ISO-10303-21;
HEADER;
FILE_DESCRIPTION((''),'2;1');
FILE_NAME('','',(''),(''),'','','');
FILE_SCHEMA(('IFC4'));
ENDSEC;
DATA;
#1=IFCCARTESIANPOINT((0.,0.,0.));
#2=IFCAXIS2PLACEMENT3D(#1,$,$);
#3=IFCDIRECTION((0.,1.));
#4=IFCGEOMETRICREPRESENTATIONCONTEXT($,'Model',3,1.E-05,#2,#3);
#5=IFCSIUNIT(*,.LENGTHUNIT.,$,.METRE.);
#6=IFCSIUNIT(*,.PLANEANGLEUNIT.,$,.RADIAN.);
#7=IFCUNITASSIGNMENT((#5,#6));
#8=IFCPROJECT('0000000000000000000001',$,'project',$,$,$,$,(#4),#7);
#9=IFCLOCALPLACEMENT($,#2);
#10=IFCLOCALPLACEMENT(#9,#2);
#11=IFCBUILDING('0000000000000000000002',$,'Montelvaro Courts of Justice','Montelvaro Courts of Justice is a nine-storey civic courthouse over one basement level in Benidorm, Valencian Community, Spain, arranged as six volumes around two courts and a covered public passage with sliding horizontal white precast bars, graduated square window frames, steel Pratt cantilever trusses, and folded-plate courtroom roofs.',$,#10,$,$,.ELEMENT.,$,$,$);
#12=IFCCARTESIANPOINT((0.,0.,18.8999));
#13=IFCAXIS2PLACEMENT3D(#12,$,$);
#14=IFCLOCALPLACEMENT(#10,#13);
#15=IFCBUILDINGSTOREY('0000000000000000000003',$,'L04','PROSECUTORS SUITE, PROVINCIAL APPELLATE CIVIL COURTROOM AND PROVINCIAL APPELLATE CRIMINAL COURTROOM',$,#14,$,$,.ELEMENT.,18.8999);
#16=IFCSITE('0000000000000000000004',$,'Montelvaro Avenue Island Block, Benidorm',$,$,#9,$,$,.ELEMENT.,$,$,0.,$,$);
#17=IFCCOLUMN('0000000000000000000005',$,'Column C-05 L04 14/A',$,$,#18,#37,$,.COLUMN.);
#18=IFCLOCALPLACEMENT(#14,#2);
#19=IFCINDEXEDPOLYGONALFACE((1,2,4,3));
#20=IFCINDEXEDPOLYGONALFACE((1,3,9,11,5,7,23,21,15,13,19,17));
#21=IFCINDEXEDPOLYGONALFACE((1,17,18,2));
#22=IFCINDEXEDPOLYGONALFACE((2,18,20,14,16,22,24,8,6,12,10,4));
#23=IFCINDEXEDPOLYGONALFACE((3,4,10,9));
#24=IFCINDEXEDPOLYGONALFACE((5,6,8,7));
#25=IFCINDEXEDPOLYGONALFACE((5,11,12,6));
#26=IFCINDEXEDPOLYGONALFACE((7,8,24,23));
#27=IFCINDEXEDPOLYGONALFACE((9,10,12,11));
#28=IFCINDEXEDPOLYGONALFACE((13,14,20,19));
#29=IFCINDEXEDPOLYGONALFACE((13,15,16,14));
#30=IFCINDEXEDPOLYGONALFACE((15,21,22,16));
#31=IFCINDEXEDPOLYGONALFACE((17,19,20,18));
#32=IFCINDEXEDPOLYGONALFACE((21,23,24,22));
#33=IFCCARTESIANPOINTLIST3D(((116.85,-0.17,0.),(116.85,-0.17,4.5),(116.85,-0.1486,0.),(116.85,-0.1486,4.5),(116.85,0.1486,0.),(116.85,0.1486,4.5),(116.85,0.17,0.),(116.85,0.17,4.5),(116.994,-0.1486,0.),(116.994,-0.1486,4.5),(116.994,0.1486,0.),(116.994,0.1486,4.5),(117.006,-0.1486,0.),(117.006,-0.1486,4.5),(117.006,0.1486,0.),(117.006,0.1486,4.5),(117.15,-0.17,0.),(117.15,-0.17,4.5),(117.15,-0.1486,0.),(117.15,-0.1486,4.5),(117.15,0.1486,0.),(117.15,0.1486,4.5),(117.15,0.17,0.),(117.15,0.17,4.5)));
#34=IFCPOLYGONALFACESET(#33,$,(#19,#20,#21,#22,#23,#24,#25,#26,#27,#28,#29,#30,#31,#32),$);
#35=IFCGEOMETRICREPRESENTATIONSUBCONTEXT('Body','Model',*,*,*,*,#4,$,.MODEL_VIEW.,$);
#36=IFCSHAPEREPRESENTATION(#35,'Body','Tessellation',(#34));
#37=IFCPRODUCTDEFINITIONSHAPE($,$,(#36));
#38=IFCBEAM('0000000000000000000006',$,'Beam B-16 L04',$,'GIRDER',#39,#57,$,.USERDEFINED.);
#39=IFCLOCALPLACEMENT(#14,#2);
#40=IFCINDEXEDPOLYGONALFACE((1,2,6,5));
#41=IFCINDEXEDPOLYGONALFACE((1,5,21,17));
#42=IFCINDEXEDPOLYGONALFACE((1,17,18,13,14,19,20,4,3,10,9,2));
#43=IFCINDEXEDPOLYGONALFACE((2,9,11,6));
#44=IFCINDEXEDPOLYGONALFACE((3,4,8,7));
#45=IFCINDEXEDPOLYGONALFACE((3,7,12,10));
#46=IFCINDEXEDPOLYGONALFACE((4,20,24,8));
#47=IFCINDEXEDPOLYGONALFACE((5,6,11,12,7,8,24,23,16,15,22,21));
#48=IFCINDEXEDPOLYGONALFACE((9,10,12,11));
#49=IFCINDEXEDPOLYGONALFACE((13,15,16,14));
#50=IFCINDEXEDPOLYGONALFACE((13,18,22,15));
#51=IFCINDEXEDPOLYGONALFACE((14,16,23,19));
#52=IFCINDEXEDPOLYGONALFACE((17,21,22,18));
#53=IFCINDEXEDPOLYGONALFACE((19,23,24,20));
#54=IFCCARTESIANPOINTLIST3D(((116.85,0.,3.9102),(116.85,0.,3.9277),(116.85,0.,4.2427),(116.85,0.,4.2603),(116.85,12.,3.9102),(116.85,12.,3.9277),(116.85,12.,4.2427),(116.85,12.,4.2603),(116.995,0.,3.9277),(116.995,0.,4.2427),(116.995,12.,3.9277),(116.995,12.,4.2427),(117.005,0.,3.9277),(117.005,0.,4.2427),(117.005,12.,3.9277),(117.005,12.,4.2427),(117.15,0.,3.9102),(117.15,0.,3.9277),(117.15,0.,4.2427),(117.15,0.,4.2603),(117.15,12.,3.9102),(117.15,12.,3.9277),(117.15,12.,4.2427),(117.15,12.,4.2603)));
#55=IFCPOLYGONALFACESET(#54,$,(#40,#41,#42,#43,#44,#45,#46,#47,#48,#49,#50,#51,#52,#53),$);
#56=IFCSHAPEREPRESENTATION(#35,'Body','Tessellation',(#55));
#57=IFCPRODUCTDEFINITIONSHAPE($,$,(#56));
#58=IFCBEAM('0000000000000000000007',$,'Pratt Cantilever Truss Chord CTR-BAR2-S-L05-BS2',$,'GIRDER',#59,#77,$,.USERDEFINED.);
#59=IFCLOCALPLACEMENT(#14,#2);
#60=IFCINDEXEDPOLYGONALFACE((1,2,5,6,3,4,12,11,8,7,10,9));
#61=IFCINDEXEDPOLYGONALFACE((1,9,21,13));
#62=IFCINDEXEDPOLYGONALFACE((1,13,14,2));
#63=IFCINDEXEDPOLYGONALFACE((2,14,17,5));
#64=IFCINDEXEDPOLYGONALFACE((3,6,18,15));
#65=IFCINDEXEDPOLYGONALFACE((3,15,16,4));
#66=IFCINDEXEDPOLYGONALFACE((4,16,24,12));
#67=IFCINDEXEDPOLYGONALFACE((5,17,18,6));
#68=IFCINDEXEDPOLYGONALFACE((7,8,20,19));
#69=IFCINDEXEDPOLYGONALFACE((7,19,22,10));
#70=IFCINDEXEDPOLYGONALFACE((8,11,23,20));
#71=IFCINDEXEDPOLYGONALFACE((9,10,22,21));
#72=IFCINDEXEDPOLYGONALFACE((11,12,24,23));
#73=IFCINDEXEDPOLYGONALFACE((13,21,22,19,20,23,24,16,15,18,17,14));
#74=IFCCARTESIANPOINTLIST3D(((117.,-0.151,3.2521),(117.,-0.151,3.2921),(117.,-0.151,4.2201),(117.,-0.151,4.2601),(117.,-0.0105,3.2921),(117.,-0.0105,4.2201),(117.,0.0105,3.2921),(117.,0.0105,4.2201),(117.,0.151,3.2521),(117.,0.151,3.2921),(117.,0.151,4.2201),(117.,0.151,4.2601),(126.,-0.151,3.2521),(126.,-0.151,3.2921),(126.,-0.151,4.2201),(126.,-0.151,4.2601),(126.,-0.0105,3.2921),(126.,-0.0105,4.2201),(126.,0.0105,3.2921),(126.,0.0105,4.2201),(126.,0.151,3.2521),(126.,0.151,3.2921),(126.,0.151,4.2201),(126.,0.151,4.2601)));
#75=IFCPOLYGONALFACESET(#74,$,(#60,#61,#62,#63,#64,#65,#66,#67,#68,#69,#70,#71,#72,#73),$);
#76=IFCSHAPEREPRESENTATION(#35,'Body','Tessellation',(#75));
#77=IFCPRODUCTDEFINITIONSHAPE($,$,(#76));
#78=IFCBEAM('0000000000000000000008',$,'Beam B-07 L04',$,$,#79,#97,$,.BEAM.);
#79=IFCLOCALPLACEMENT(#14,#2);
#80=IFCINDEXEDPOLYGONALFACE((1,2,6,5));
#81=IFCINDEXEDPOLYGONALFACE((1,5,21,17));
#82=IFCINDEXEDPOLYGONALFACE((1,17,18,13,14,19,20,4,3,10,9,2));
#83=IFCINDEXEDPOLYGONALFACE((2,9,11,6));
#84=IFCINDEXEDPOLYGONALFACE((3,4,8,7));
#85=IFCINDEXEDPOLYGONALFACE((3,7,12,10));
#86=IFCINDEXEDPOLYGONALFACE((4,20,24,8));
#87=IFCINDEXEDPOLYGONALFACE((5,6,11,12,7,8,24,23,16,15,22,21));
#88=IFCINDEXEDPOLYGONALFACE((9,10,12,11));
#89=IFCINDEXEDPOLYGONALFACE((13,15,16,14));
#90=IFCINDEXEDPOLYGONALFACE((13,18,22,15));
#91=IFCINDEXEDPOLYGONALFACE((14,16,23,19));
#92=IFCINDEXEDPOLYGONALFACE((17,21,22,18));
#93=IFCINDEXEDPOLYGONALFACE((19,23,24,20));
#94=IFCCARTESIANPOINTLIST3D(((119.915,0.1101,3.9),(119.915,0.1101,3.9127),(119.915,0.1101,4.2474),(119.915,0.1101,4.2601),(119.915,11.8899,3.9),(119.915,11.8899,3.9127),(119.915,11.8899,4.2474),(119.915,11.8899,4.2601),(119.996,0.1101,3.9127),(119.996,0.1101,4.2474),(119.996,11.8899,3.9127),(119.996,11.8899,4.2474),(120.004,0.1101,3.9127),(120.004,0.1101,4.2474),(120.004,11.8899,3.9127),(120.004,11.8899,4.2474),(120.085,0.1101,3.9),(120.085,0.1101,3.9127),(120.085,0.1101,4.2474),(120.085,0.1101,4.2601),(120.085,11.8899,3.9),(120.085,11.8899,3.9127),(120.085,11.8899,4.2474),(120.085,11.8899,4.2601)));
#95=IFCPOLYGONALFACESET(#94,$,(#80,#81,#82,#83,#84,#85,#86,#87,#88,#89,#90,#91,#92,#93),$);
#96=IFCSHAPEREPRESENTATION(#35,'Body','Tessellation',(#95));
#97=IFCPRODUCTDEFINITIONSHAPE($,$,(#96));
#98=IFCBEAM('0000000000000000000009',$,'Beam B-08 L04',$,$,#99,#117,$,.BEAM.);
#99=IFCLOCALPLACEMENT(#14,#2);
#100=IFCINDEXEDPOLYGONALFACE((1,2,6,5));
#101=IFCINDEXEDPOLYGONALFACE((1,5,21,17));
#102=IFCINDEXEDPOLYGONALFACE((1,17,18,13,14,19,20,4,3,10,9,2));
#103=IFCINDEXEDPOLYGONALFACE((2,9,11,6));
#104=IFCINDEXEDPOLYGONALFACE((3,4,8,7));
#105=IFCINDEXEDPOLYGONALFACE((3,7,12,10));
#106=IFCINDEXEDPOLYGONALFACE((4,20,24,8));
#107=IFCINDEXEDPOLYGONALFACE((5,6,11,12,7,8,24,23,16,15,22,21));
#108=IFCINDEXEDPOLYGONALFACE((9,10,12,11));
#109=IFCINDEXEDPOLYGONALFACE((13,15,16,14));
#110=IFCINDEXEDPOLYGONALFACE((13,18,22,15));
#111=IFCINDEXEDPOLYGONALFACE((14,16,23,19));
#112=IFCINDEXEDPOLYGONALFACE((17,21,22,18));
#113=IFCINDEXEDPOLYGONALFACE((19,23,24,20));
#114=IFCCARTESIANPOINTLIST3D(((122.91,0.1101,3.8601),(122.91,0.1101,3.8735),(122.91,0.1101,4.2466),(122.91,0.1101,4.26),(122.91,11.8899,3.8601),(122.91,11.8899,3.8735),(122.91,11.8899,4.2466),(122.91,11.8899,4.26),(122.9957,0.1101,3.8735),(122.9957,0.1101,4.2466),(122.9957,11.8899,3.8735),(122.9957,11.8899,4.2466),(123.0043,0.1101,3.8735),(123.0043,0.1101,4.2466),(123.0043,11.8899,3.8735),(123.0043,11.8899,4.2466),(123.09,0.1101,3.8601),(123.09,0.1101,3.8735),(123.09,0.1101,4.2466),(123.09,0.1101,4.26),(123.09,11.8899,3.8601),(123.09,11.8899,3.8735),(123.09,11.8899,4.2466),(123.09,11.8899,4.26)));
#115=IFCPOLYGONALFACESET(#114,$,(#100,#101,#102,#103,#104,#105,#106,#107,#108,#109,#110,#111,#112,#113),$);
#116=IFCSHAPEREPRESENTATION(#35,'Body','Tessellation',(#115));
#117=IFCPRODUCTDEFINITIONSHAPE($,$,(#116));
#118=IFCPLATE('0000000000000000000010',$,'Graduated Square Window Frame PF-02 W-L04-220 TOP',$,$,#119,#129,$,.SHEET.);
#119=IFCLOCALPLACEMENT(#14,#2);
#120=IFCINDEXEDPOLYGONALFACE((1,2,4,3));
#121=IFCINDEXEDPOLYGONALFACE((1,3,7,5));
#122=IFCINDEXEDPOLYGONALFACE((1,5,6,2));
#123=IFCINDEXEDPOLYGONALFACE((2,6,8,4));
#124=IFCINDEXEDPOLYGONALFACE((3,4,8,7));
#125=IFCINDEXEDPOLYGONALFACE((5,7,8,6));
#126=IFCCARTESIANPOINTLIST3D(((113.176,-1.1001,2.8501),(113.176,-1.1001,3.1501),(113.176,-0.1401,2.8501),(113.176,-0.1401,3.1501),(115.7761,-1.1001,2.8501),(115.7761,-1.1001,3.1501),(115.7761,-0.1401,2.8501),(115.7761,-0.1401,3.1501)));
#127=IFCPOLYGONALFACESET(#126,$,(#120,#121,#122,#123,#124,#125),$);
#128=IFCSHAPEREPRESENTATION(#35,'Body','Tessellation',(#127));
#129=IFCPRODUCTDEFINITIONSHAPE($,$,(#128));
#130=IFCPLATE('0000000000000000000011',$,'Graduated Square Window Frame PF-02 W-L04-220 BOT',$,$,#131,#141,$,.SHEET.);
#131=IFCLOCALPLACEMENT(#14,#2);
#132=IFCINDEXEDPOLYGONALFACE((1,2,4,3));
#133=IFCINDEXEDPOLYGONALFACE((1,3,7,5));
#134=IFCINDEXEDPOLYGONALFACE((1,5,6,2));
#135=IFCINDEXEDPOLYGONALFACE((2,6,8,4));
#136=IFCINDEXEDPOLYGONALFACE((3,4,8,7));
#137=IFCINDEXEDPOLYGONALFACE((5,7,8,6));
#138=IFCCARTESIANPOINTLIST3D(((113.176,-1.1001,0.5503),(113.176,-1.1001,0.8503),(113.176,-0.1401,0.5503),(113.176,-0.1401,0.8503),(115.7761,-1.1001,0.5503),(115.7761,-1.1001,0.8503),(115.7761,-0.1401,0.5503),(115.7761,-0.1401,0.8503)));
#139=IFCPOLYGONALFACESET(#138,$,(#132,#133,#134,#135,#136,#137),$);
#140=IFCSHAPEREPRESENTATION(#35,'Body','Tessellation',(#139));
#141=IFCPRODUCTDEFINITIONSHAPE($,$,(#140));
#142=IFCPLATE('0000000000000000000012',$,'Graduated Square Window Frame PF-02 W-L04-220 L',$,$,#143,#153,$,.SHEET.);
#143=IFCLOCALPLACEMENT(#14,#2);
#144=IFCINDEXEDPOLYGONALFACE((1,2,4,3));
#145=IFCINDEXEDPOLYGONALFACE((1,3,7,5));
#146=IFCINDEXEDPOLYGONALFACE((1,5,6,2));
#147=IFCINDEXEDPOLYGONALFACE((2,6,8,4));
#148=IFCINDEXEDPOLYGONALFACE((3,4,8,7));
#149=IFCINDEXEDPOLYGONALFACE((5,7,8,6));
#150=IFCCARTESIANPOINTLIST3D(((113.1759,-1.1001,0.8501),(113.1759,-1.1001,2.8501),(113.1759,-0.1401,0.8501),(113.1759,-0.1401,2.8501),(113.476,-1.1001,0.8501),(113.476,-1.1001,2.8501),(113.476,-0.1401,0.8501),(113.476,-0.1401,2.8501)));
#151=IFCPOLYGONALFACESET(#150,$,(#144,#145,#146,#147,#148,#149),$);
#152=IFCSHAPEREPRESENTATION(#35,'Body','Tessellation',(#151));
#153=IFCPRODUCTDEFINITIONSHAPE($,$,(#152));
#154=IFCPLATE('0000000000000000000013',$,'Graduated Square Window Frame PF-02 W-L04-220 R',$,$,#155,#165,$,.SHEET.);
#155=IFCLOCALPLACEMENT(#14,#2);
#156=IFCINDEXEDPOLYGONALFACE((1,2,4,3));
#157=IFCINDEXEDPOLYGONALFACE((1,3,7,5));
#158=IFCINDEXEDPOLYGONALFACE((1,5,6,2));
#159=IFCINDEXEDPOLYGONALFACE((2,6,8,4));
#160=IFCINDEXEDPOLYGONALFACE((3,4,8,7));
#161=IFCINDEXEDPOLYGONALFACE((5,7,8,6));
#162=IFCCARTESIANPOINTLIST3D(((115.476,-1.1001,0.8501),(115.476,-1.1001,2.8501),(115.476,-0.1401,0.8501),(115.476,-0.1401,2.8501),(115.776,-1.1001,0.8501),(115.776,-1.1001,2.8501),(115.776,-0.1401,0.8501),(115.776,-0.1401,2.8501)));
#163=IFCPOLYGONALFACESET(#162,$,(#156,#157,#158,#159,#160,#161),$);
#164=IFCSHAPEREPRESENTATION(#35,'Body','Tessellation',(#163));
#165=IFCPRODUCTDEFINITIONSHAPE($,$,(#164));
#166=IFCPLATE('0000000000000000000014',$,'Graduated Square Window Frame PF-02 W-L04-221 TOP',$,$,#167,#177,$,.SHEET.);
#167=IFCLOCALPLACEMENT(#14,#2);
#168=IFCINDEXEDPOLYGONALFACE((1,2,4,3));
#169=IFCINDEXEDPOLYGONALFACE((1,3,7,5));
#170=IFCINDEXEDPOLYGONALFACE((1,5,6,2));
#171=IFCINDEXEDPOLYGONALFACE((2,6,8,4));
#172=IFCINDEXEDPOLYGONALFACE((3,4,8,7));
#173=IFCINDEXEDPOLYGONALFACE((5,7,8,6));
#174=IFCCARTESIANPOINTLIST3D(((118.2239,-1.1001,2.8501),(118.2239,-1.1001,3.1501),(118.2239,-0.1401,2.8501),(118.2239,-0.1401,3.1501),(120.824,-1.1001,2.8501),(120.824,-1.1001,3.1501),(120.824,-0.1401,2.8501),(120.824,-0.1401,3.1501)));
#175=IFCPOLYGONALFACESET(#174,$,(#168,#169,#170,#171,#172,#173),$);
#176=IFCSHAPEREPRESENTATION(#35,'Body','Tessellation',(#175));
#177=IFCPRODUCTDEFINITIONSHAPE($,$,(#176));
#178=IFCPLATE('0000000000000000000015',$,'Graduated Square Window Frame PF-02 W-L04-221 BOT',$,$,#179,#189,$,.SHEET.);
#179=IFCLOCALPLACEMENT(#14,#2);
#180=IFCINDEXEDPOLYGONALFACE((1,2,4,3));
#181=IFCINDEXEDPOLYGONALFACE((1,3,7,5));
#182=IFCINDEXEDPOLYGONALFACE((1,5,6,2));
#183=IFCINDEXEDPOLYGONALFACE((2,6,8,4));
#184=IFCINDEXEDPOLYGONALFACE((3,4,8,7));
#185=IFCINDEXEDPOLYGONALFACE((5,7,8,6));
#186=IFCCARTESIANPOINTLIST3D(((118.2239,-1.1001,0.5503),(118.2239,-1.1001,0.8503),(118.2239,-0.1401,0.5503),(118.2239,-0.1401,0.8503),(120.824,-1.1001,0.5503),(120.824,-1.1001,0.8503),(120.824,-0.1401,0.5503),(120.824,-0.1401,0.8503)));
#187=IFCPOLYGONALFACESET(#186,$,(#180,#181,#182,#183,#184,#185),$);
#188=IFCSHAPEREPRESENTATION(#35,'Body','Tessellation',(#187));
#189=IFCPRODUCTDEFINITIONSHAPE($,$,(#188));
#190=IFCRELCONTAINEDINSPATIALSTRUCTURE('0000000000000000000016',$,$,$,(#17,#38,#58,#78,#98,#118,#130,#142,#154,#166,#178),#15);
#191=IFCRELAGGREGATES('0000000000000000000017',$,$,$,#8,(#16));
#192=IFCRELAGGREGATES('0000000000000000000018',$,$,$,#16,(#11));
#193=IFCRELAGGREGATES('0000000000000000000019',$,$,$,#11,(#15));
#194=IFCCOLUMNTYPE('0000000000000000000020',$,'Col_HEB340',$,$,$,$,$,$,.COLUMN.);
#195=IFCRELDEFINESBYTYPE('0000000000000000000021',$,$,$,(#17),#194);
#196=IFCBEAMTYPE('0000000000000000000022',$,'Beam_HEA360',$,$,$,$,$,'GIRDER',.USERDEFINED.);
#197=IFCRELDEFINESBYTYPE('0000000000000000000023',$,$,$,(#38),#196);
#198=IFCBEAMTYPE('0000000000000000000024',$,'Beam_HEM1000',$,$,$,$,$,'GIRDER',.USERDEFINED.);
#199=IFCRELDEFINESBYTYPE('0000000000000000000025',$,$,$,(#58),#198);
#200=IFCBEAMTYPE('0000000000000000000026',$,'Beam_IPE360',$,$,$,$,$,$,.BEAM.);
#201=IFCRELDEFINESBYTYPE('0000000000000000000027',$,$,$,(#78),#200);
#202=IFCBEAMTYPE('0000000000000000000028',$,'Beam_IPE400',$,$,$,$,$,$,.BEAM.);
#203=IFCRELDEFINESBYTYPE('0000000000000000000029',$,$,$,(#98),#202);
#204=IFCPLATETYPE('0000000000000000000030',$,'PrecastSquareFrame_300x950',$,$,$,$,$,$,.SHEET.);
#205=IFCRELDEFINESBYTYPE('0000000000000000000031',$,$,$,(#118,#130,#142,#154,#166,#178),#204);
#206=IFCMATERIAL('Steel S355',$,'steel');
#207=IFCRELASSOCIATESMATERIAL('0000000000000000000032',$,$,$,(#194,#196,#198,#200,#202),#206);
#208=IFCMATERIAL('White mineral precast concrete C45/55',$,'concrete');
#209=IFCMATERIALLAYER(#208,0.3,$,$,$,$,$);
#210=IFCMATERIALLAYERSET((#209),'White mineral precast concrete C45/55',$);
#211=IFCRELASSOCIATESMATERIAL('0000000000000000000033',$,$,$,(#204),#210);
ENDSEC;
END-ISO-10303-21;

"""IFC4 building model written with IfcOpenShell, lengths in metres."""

from ifc_helpers import new_model, si_unit, direction, frame, origin, origin_2d, place, context, subcontext, project, spatial, rectangle, i_section, extrude, material, layer, layer_set, material_profile, profile_set, type_object, element, save


model = new_model("IFC4")

# Units and contexts
model_context = context("Model", 3, precision=1e-05, world=origin(), true_north=direction((0.0, 1.0)))
body_context = subcontext(model_context, "Body", "Model", "MODEL_VIEW")
ifc_project = project(units=[si_unit("LENGTHUNIT", "METRE"), si_unit("PLANEANGLEUNIT", "RADIAN")], contexts=[model_context])

# Site, building, storey
site_placement = place(None, origin())
site = spatial("IfcSite", under=ifc_project, at=site_placement, Name="Montelvaro Avenue Island Block, Benidorm", CompositionType="ELEMENT", RefElevation=0.0)
building_placement = place(site_placement, origin())
building = spatial("IfcBuilding", under=site, at=building_placement, Name="Montelvaro Courts of Justice", Description="Montelvaro Courts of Justice is a nine-storey civic courthouse over one basement level in Benidorm, Valencian Community, Spain, arranged as six volumes around two courts and a covered public passage with sliding horizontal white precast bars, graduated square window frames, steel Pratt cantilever trusses, and folded-plate courtroom roofs.", CompositionType="ELEMENT")
storey_placement = place(building_placement, frame((0.0, 0.0, 18.8999)))
storey = spatial("IfcBuildingStorey", under=building, at=storey_placement, Name="L04", Description="PROSECUTORS SUITE, PROVINCIAL APPELLATE CIVIL COURTROOM AND PROVINCIAL APPELLATE CRIMINAL COURTROOM", CompositionType="ELEMENT", Elevation=18.8999)

# Column
ifc_material_1 = material(Name="Steel S355", Category="steel")
ifc_material_profile_1 = material_profile(ifc_material_1, i_section(OverallWidth=0.3, OverallDepth=0.3401, WebThickness=0.012, FlangeThickness=0.0215, at=origin_2d()), Name="HEB 340")
ifc_profile_set_1 = profile_set([ifc_material_profile_1], Name="Steel S355")
column_type = type_object("IfcColumnType", Name="Col_HEB340", PredefinedType="COLUMN", material=ifc_profile_set_1)
column_placement = place(storey_placement, frame((117.0, 0.0, 0.0), z_axis=(0.0, 0.0, 1.0), x_axis=(1.0, 0.0, 0.0)))
element("IfcColumn", 1, at=column_placement, inside=storey, type_object=column_type, Name="Column C-05 L04 14/A", PredefinedType="COLUMN", context=body_context, shape_type="SweptSolid", body=[
    extrude(i_section(OverallWidth=0.3, OverallDepth=0.3401, WebThickness=0.012, FlangeThickness=0.0215, at=origin_2d()), origin(), (0.0, 0.0, 1.0), 4.5),
])

# Beams
ifc_material_profile_2 = material_profile(ifc_material_1, i_section(OverallWidth=0.3, OverallDepth=0.3501, WebThickness=0.01, FlangeThickness=0.0176, at=origin_2d()), Name="HEA 360")
ifc_profile_set_2 = profile_set([ifc_material_profile_2], Name="Steel S355")
beam_type_1 = type_object("IfcBeamType", Name="Beam_HEA360", ElementType="GIRDER", PredefinedType="USERDEFINED", material=ifc_profile_set_2)
beam_1_placement = place(storey_placement, frame((117.0, 0.0, 4.0852), z_axis=(0.0, 1.0, 0.0), x_axis=(-1.0, 0.0, 0.0)))
element("IfcBeam", 2, at=beam_1_placement, inside=storey, type_object=beam_type_1, Name="Beam B-16 L04", ObjectType="GIRDER", PredefinedType="USERDEFINED", context=body_context, shape_type="SweptSolid", body=[
    extrude(i_section(OverallWidth=0.3, OverallDepth=0.3501, WebThickness=0.01, FlangeThickness=0.0176, at=origin_2d()), origin(), (0.0, 0.0, 1.0), 12.0),
])
ifc_material_profile_3 = material_profile(ifc_material_1, i_section(OverallWidth=0.302, OverallDepth=1.0081, WebThickness=0.021, FlangeThickness=0.04, at=origin_2d()), Name="HEM 1000")
ifc_profile_set_3 = profile_set([ifc_material_profile_3], Name="Steel S355")
beam_type_2 = type_object("IfcBeamType", Name="Beam_HEM1000", ElementType="GIRDER", PredefinedType="USERDEFINED", material=ifc_profile_set_3)
beam_2_placement = place(storey_placement, frame((117.0, 0.0, 3.7561), z_axis=(1.0, 0.0, 0.0), x_axis=(0.0, 1.0, 0.0)))
element("IfcBeam", 3, at=beam_2_placement, inside=storey, type_object=beam_type_2, Name="Pratt Cantilever Truss Chord CTR-BAR2-S-L05-BS2", ObjectType="GIRDER", PredefinedType="USERDEFINED", context=body_context, shape_type="SweptSolid", body=[
    extrude(i_section(OverallWidth=0.302, OverallDepth=1.0081, WebThickness=0.021, FlangeThickness=0.04, at=origin_2d()), origin(), (0.0, 0.0, 1.0), 9.0),
])
ifc_material_profile_4 = material_profile(ifc_material_1, i_section(OverallWidth=0.1699, OverallDepth=0.3601, WebThickness=0.0081, FlangeThickness=0.0127, at=origin_2d()), Name="IPE 360")
ifc_profile_set_4 = profile_set([ifc_material_profile_4], Name="Steel S355")
beam_type_3 = type_object("IfcBeamType", Name="Beam_IPE360", PredefinedType="BEAM", material=ifc_profile_set_4)
beam_3_placement = place(storey_placement, frame((120.0, 0.1101, 4.0801), z_axis=(0.0, 1.0, 0.0), x_axis=(-1.0, 0.0, 0.0)))
element("IfcBeam", 4, at=beam_3_placement, inside=storey, type_object=beam_type_3, Name="Beam B-07 L04", PredefinedType="BEAM", context=body_context, shape_type="SweptSolid", body=[
    extrude(i_section(OverallWidth=0.1699, OverallDepth=0.3601, WebThickness=0.0081, FlangeThickness=0.0127, at=origin_2d()), origin(), (0.0, 0.0, 1.0), 11.7798),
])
ifc_material_profile_5 = material_profile(ifc_material_1, i_section(OverallWidth=0.1799, OverallDepth=0.3999, WebThickness=0.0085, FlangeThickness=0.0134, at=origin_2d()), Name="IPE 400")
ifc_profile_set_5 = profile_set([ifc_material_profile_5], Name="Steel S355")
beam_type_4 = type_object("IfcBeamType", Name="Beam_IPE400", PredefinedType="BEAM", material=ifc_profile_set_5)
beam_4_placement = place(storey_placement, frame((123.0, 0.1101, 4.0601), z_axis=(0.0, 1.0, 0.0), x_axis=(-1.0, 0.0, 0.0)))
element("IfcBeam", 5, at=beam_4_placement, inside=storey, type_object=beam_type_4, Name="Beam B-08 L04", PredefinedType="BEAM", context=body_context, shape_type="SweptSolid", body=[
    extrude(i_section(OverallWidth=0.1799, OverallDepth=0.3999, WebThickness=0.0085, FlangeThickness=0.0134, at=origin_2d()), origin(), (0.0, 0.0, 1.0), 11.7798),
])

# Plates
ifc_material_2 = material(Name="White mineral precast concrete C45/55", Category="concrete")
ifc_layer_1 = layer(ifc_material_2, 0.3)
ifc_layer_set_1 = layer_set([ifc_layer_1], Name="White mineral precast concrete C45/55")
plate_type = type_object("IfcPlateType", Name="PrecastSquareFrame_300x950", PredefinedType="SHEET", material=ifc_layer_set_1)
for number, where, z_axis, x_axis, name in (
    (6, (114.4761, -0.6201, 2.8501), (0.0, 0.0, 1.0), (1.0, 0.0, 0.0), "Graduated Square Window Frame PF-02 W-L04-220 TOP"),
    (7, (114.4761, -0.6201, 0.5503), (0.0, 0.0, 1.0), (1.0, 0.0, 0.0), "Graduated Square Window Frame PF-02 W-L04-220 BOT"),
):
    element("IfcPlate", number, at=place(storey_placement, frame(where, z_axis=z_axis, x_axis=x_axis)), inside=storey, type_object=plate_type, Name=name, PredefinedType="SHEET", context=body_context, shape_type="SweptSolid", body=[
        extrude(rectangle(XDim=2.6001, YDim=0.96, at=origin_2d()), origin(), (0.0, 0.0, 1.0), 0.3),
    ])
for number, where, z_axis, x_axis, name in (
    (8, (113.3259, -0.6201, 0.8501), (0.0, 0.0, 1.0), (1.0, 0.0, 0.0), "Graduated Square Window Frame PF-02 W-L04-220 L"),
    (9, (115.626, -0.6201, 0.8501), (0.0, 0.0, 1.0), (1.0, 0.0, 0.0), "Graduated Square Window Frame PF-02 W-L04-220 R"),
):
    element("IfcPlate", number, at=place(storey_placement, frame(where, z_axis=z_axis, x_axis=x_axis)), inside=storey, type_object=plate_type, Name=name, PredefinedType="SHEET", context=body_context, shape_type="SweptSolid", body=[
        extrude(rectangle(XDim=0.3, YDim=0.96, at=origin_2d()), origin(), (0.0, 0.0, 1.0), 2.0),
    ])
for number, where, z_axis, x_axis, name in (
    (10, (119.5239, -0.6201, 2.8501), (0.0, 0.0, 1.0), (1.0, 0.0, 0.0), "Graduated Square Window Frame PF-02 W-L04-221 TOP"),
    (11, (119.5239, -0.6201, 0.5503), (0.0, 0.0, 1.0), (1.0, 0.0, 0.0), "Graduated Square Window Frame PF-02 W-L04-221 BOT"),
):
    element("IfcPlate", number, at=place(storey_placement, frame(where, z_axis=z_axis, x_axis=x_axis)), inside=storey, type_object=plate_type, Name=name, PredefinedType="SHEET", context=body_context, shape_type="SweptSolid", body=[
        extrude(rectangle(XDim=2.6001, YDim=0.96, at=origin_2d()), origin(), (0.0, 0.0, 1.0), 0.3),
    ])

save(model, "model.ifc")
